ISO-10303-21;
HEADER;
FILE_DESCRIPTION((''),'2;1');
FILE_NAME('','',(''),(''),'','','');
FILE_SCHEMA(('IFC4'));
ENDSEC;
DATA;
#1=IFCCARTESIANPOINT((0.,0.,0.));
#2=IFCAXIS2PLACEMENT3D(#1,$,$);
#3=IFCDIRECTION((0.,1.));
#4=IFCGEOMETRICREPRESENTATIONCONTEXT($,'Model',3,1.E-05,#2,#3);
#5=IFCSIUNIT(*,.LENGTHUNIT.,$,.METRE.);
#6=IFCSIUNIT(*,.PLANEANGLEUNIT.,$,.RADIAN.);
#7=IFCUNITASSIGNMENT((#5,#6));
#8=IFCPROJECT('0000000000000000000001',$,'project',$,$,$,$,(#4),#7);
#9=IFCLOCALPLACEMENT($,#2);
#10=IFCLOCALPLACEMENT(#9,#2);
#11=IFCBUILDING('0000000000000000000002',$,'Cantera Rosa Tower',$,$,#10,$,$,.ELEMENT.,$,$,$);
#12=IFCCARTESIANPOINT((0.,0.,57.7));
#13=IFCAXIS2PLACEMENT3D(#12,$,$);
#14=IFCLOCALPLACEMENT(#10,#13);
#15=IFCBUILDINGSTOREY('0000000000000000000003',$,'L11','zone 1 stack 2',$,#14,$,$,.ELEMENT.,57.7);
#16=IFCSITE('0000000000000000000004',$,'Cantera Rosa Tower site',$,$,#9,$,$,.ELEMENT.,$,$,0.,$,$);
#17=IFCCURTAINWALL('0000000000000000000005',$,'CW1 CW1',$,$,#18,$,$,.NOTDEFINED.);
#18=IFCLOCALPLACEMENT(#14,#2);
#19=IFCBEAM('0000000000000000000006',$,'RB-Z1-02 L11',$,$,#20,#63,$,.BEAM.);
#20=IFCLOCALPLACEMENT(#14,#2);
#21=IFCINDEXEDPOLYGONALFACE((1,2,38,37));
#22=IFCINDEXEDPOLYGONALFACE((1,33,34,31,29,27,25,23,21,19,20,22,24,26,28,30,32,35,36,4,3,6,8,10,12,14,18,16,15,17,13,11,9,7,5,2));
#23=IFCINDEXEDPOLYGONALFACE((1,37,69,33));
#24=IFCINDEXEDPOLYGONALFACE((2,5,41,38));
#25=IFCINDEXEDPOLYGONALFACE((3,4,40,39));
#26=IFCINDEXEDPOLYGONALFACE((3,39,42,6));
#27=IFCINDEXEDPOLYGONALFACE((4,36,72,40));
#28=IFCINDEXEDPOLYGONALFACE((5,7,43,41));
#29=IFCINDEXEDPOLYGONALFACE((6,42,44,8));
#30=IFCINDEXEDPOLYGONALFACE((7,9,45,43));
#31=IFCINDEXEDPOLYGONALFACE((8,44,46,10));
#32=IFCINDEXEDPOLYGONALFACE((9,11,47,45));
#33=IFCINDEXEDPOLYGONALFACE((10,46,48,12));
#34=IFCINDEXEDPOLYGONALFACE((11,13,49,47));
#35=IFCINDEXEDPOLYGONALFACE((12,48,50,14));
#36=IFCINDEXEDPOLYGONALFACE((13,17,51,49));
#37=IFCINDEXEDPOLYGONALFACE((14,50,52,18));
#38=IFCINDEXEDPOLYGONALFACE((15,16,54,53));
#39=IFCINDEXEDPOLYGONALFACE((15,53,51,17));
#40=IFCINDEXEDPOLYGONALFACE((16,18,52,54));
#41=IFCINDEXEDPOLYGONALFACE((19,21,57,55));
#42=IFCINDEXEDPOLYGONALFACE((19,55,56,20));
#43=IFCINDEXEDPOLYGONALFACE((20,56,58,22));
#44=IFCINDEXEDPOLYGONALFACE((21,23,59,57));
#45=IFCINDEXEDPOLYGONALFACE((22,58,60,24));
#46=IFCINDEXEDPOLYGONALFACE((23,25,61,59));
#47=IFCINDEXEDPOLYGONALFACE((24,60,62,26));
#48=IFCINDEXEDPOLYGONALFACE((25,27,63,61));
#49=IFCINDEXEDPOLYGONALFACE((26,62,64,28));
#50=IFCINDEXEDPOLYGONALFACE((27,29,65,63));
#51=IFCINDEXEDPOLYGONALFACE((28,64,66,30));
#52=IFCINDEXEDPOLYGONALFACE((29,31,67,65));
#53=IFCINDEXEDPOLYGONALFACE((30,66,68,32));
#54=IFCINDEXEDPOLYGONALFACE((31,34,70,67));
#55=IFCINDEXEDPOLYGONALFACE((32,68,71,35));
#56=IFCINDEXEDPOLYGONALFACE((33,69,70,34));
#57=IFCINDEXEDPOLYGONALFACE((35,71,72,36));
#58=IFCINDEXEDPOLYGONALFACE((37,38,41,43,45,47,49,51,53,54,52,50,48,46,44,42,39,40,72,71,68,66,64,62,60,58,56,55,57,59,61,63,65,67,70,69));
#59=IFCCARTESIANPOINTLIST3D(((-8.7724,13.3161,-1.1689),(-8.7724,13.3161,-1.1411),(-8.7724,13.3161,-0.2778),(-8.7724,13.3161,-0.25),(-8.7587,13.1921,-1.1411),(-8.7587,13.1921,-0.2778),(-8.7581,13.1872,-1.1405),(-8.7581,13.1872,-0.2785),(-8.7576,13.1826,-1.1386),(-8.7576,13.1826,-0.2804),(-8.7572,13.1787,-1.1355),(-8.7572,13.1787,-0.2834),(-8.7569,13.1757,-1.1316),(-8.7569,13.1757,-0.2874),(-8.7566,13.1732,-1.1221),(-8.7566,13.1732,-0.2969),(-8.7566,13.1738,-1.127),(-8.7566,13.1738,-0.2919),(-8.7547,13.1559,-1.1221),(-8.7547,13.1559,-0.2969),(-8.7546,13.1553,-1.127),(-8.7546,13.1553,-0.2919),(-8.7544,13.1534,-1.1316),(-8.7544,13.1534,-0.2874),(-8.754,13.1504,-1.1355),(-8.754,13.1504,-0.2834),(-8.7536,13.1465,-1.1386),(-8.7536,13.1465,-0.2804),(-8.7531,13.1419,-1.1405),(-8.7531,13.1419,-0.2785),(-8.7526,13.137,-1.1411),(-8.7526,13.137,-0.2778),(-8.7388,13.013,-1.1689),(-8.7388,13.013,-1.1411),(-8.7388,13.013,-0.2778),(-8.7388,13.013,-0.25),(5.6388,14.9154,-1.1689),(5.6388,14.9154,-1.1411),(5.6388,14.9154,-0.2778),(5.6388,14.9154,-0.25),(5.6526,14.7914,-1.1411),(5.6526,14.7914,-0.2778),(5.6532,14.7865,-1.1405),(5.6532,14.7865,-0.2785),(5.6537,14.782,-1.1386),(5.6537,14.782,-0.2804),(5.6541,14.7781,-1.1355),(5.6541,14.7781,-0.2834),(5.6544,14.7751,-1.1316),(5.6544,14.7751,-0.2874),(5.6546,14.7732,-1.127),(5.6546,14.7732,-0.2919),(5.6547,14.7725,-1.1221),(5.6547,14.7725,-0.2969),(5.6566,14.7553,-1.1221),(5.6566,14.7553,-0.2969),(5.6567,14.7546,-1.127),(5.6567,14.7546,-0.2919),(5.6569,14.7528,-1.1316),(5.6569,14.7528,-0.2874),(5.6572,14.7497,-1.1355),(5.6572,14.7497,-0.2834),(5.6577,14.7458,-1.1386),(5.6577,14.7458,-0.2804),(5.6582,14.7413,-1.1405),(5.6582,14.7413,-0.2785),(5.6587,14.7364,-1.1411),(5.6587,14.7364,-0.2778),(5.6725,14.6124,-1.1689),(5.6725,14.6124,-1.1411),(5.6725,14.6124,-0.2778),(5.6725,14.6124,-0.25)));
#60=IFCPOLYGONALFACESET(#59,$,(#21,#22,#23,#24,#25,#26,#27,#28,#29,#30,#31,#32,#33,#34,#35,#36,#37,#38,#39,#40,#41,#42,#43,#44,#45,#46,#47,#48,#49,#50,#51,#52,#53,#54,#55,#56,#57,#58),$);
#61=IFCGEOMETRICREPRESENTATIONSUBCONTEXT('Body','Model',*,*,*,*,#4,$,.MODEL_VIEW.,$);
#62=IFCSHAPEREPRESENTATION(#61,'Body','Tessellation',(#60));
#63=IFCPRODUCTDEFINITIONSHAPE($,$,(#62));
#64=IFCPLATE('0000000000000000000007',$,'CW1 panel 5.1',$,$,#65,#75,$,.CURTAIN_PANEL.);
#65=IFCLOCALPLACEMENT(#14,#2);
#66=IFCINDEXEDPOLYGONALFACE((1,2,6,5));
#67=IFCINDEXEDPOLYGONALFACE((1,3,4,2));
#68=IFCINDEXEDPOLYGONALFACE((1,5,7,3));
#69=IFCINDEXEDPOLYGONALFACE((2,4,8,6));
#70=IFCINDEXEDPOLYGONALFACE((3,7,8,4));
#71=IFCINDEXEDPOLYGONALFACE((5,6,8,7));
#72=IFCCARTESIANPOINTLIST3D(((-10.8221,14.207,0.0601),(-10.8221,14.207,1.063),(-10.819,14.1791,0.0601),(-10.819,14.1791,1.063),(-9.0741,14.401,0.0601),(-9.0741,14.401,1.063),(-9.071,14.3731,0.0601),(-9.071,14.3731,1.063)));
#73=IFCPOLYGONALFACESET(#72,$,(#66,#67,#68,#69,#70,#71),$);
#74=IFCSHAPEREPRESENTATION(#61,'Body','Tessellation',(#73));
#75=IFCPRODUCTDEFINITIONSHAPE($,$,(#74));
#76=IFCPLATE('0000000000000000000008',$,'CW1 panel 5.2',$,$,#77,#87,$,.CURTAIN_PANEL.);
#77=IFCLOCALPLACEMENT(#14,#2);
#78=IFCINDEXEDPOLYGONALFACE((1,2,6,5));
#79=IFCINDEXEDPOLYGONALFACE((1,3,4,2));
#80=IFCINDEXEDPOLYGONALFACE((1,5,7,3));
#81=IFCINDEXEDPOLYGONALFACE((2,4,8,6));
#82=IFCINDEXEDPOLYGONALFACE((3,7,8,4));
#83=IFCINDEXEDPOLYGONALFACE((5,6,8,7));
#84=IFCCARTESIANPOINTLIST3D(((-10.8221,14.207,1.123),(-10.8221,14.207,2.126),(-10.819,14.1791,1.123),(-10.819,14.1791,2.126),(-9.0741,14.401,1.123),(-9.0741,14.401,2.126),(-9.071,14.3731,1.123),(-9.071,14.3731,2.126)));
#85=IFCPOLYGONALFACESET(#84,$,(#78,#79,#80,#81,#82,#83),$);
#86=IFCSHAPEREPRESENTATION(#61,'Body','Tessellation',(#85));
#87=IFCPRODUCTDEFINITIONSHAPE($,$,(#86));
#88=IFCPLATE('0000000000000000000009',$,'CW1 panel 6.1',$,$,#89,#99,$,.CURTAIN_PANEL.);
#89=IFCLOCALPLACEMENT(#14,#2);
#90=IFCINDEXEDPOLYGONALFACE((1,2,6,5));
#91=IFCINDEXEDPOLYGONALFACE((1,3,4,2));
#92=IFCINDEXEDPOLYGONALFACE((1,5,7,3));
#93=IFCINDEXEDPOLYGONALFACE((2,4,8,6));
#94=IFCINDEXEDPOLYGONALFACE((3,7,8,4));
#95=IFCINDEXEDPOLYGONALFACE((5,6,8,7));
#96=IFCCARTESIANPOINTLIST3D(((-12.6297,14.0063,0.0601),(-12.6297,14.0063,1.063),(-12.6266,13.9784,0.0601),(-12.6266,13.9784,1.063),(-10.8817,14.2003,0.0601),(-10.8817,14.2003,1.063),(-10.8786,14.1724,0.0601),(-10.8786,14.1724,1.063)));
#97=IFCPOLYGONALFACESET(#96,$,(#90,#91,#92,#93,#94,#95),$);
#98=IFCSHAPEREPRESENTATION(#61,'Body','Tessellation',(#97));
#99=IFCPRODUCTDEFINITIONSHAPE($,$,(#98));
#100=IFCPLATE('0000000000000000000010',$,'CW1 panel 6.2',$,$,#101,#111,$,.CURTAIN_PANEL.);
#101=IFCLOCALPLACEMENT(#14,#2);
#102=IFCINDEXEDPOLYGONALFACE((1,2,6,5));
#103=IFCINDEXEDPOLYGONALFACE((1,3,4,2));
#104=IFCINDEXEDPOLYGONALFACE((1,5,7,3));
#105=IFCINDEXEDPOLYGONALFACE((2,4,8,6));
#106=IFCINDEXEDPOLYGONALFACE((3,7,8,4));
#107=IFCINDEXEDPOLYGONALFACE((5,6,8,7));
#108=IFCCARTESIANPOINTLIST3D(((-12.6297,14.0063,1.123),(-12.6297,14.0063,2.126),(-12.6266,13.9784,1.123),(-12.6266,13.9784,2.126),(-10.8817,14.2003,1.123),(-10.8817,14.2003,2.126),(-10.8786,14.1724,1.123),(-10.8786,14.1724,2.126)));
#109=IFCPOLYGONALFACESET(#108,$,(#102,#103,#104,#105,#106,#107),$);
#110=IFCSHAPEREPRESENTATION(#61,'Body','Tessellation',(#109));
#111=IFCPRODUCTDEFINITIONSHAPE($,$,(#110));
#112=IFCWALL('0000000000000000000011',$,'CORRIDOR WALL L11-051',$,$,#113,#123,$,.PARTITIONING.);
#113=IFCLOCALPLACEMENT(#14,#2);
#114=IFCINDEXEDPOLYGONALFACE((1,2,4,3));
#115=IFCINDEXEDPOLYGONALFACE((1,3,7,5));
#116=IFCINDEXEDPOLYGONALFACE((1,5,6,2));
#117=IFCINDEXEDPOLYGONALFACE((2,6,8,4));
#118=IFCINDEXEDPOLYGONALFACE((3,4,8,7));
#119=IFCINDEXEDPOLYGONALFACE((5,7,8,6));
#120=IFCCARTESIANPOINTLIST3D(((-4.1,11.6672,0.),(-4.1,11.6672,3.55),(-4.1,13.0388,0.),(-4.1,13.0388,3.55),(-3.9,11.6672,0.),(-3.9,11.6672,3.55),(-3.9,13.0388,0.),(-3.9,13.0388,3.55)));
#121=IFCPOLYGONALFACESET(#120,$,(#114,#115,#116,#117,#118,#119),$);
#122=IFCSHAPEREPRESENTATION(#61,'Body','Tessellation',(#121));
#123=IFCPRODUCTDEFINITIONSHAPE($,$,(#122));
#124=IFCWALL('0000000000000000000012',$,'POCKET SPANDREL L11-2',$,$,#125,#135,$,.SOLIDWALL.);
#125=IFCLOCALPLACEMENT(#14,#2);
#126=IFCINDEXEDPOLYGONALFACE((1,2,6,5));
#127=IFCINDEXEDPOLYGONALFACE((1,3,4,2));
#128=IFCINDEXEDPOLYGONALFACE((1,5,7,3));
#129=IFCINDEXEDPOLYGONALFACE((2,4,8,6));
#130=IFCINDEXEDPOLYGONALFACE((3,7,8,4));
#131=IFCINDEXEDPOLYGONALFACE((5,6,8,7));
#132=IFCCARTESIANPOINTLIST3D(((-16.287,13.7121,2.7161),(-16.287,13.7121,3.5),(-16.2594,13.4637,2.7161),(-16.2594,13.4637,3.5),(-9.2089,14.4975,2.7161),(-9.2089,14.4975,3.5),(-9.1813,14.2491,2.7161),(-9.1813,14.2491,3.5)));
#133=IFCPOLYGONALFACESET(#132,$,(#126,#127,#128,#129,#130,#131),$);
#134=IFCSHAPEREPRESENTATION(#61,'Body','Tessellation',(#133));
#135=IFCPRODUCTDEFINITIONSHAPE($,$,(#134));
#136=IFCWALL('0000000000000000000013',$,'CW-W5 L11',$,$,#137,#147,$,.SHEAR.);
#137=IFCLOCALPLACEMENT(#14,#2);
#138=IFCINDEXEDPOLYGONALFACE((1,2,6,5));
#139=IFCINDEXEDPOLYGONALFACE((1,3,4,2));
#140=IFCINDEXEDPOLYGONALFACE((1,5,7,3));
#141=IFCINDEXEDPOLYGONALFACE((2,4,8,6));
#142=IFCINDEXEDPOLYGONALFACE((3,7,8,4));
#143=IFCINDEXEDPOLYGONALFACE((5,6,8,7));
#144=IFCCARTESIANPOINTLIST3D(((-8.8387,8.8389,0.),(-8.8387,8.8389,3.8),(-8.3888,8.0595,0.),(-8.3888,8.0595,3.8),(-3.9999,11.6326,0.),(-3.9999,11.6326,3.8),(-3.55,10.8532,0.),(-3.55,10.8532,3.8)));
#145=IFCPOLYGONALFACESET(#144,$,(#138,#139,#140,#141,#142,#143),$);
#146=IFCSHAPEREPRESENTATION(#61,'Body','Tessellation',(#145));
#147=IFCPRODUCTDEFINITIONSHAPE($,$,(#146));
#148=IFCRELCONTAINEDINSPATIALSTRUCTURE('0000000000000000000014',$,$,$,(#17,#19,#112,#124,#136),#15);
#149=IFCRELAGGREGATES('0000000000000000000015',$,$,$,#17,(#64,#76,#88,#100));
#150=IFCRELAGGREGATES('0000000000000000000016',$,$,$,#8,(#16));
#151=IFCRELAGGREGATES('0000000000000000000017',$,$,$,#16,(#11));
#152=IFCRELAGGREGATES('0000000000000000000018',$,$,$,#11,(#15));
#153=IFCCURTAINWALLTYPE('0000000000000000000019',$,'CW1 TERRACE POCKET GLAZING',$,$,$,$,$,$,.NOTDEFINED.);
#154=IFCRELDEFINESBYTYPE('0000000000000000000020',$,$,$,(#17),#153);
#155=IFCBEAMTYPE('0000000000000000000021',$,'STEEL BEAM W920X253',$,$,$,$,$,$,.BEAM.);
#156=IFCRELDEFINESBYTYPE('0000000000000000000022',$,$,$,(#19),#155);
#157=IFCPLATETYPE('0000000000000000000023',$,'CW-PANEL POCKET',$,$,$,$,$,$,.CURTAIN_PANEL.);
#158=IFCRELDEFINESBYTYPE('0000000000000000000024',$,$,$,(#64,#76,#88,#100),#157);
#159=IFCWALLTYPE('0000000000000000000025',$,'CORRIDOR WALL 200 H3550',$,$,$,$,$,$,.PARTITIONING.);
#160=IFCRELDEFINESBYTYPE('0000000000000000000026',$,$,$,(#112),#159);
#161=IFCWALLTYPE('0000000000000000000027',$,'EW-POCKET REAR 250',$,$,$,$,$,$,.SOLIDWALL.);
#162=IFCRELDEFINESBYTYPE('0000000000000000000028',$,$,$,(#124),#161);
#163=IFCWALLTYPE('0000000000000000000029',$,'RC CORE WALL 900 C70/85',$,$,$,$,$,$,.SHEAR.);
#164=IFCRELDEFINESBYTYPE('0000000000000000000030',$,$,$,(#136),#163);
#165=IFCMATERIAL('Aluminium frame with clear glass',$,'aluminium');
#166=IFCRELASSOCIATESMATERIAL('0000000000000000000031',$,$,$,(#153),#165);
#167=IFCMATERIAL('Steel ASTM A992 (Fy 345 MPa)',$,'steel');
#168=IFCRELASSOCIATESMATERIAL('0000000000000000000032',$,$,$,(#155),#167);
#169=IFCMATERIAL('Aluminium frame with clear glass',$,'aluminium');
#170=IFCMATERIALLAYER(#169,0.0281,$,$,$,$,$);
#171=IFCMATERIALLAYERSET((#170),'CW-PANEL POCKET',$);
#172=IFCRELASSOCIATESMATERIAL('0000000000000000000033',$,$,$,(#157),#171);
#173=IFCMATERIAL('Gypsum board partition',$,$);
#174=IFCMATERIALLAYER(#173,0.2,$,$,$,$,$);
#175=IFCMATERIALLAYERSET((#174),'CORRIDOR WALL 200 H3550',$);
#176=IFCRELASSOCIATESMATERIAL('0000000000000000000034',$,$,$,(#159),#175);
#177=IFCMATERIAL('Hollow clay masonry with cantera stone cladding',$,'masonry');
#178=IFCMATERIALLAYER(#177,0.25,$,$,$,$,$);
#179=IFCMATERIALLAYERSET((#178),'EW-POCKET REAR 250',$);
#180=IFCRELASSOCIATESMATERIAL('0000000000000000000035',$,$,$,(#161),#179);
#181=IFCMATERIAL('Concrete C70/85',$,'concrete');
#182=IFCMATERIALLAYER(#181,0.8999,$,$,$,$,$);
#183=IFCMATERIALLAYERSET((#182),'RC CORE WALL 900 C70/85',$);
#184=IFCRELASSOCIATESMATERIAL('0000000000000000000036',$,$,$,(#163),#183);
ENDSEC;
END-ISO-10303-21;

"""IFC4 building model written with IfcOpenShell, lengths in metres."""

from ifc_helpers import new_model, si_unit, direction, frame, frame_2d, origin, origin_2d, place, context, subcontext, project, spatial, rectangle, i_section, extrude, material, layer, layer_set, material_profile, profile_set, type_object, element, aggregate, save


model = new_model("IFC4")

# Units and contexts
model_context = context("Model", 3, precision=1e-05, world=origin(), true_north=direction((0.0, 1.0)))
body_context = subcontext(model_context, "Body", "Model", "MODEL_VIEW")
ifc_project = project(units=[si_unit("LENGTHUNIT", "METRE"), si_unit("PLANEANGLEUNIT", "RADIAN")], contexts=[model_context])

# Site, building, storey
site_placement = place(None, origin())
site = spatial("IfcSite", under=ifc_project, at=site_placement, Name="Cantera Rosa Tower site", CompositionType="ELEMENT", RefElevation=0.0)
building_placement = place(site_placement, origin())
building = spatial("IfcBuilding", under=site, at=building_placement, Name="Cantera Rosa Tower", CompositionType="ELEMENT")
storey_placement = place(building_placement, frame((0.0, 0.0, 57.7)))
storey = spatial("IfcBuildingStorey", under=building, at=storey_placement, Name="L11", Description="zone 1 stack 2", CompositionType="ELEMENT", Elevation=57.7)

# Curtain wall
ifc_material_1 = material(Name="Aluminium frame with clear glass", Category="aluminium")
curtain_wall_type = type_object("IfcCurtainWallType", Name="CW1 TERRACE POCKET GLAZING", PredefinedType="NOTDEFINED", material=ifc_material_1)
curtain_wall_placement = place(storey_placement, origin())
curtain_wall = element("IfcCurtainWall", 1, at=curtain_wall_placement, inside=storey, type_object=curtain_wall_type, Name="CW1 CW1", PredefinedType="NOTDEFINED")

# Beam
ifc_material_2 = material(Name="Steel ASTM A992 (Fy 345 MPa)", Category="steel")
ifc_material_profile_1 = material_profile(ifc_material_2, i_section(OverallWidth=0.3049, OverallDepth=0.9189, WebThickness=0.0173, FlangeThickness=0.0278, FilletRadius=0.019, at=origin_2d()), Name="W920X253")
ifc_profile_set_1 = profile_set([ifc_material_profile_1], Name="Steel ASTM A992 (Fy 345 MPa)")
beam_type = type_object("IfcBeamType", Name="STEEL BEAM W920X253", PredefinedType="BEAM", material=ifc_profile_set_1)
beam_placement = place(storey_placement, frame((-8.7556, 13.1646, -0.7095), z_axis=(0.993898, 0.110302, 0.0), x_axis=(-0.110302, 0.993898, 0.0)))
element("IfcBeam", 2, at=beam_placement, inside=storey, type_object=beam_type, Name="RB-Z1-02 L11", PredefinedType="BEAM", context=body_context, shape_type="SweptSolid", body=[
    extrude(i_section(OverallWidth=0.3049, OverallDepth=0.9189, WebThickness=0.0173, FlangeThickness=0.0278, FilletRadius=0.019, at=origin_2d()), origin(), (0.0, 0.0, 1.0), 14.4998),
])

# Plates
ifc_material_3 = material(Name="Aluminium frame with clear glass", Category="aluminium")
ifc_layer_1 = layer(ifc_material_3, 0.0281)
ifc_layer_set_1 = layer_set([ifc_layer_1], Name="CW-PANEL POCKET")
plate_type = type_object("IfcPlateType", Name="CW-PANEL POCKET", PredefinedType="CURTAIN_PANEL", material=ifc_layer_set_1)
plate_1_placement = place(storey_placement, frame((-9.9465, 14.29, 0.0601), z_axis=(0.0, 0.0, 1.0), x_axis=(-0.993897, -0.110313, 0.0)))
plate_1 = element("IfcPlate", 3, at=plate_1_placement, type_object=plate_type, Name="CW1 panel 5.1", PredefinedType="CURTAIN_PANEL", context=body_context, shape_type="SweptSolid", body=[
    extrude(rectangle(XDim=1.7588, YDim=0.0281, at=origin_2d()), origin(), (0.0, 0.0, 1.0), 1.0029),
])
plate_2_placement = place(storey_placement, frame((-9.9465, 14.29, 1.123), z_axis=(0.0, 0.0, 1.0), x_axis=(-0.993897, -0.110313, 0.0)))
plate_2 = element("IfcPlate", 4, at=plate_2_placement, type_object=plate_type, Name="CW1 panel 5.2", PredefinedType="CURTAIN_PANEL", context=body_context, shape_type="SweptSolid", body=[
    extrude(rectangle(XDim=1.7588, YDim=0.0281, at=origin_2d()), origin(), (0.0, 0.0, 1.0), 1.0029),
])
plate_3_placement = place(storey_placement, frame((-11.7542, 14.0894, 0.0601), z_axis=(0.0, 0.0, 1.0), x_axis=(-0.993897, -0.110313, 0.0)))
plate_3 = element("IfcPlate", 5, at=plate_3_placement, type_object=plate_type, Name="CW1 panel 6.1", PredefinedType="CURTAIN_PANEL", context=body_context, shape_type="SweptSolid", body=[
    extrude(rectangle(XDim=1.7588, YDim=0.0281, at=origin_2d()), origin(), (0.0, 0.0, 1.0), 1.0029),
])
plate_4_placement = place(storey_placement, frame((-11.7542, 14.0894, 1.123), z_axis=(0.0, 0.0, 1.0), x_axis=(-0.993897, -0.110313, 0.0)))
plate_4 = element("IfcPlate", 6, at=plate_4_placement, type_object=plate_type, Name="CW1 panel 6.2", PredefinedType="CURTAIN_PANEL", context=body_context, shape_type="SweptSolid", body=[
    extrude(rectangle(XDim=1.7588, YDim=0.0281, at=origin_2d()), origin(), (0.0, 0.0, 1.0), 1.0029),
])
aggregate(curtain_wall, [plate_1, plate_2, plate_3, plate_4])

# Walls
ifc_material_4 = material(Name="Gypsum board partition")
ifc_layer_2 = layer(ifc_material_4, 0.2)
ifc_layer_set_2 = layer_set([ifc_layer_2], Name="CORRIDOR WALL 200 H3550")
wall_type_1 = type_object("IfcWallType", Name="CORRIDOR WALL 200 H3550", PredefinedType="PARTITIONING", material=ifc_layer_set_2)
wall_1_placement = place(storey_placement, frame((-4.0, 13.0388, 0.0), z_axis=(0.0, 0.0, 1.0), x_axis=(0.0, -1.0, 0.0)))
element("IfcWall", 7, at=wall_1_placement, inside=storey, type_object=wall_type_1, Name="CORRIDOR WALL L11-051", PredefinedType="PARTITIONING", context=body_context, shape_type="SweptSolid", body=[
    extrude(rectangle(XDim=1.3716, YDim=0.2, at=frame_2d((0.6858, 0.0))), origin(), (0.0, 0.0, 1.0), 3.55),
])
ifc_material_5 = material(Name="Hollow clay masonry with cantera stone cladding", Category="masonry")
ifc_layer_3 = layer(ifc_material_5, 0.25)
ifc_layer_set_3 = layer_set([ifc_layer_3], Name="EW-POCKET REAR 250")
wall_type_2 = type_object("IfcWallType", Name="EW-POCKET REAR 250", PredefinedType="SOLIDWALL", material=ifc_layer_set_3)
wall_2_placement = place(storey_placement, frame((-9.1951, 14.3733, 2.7161), z_axis=(0.0, 0.0, 1.0), x_axis=(-0.9939, -0.110285, 0.0)))
element("IfcWall", 8, at=wall_2_placement, inside=storey, type_object=wall_type_2, Name="POCKET SPANDREL L11-2", PredefinedType="SOLIDWALL", context=body_context, shape_type="SweptSolid", body=[
    extrude(rectangle(XDim=7.1216, YDim=0.25, at=frame_2d((3.5608, 0.0))), origin(), (0.0, 0.0, 1.0), 0.7839),
])
ifc_material_6 = material(Name="Concrete C70/85", Category="concrete")
ifc_layer_4 = layer(ifc_material_6, 0.8999)
ifc_layer_set_4 = layer_set([ifc_layer_4], Name="RC CORE WALL 900 C70/85")
wall_type_3 = type_object("IfcWallType", Name="RC CORE WALL 900 C70/85", PredefinedType="SHEAR", material=ifc_layer_set_4)
wall_3_placement = place(storey_placement, frame((-8.6138, 8.4492, 0.0), z_axis=(0.0, 0.0, 1.0), x_axis=(0.866027, 0.499997, 0.0)))
element("IfcWall", 9, at=wall_3_placement, inside=storey, type_object=wall_type_3, Name="CW-W5 L11", PredefinedType="SHEAR", context=body_context, shape_type="SweptSolid", body=[
    extrude(rectangle(XDim=5.5874, YDim=0.8999, at=frame_2d((2.7937, 0.0))), origin(), (0.0, 0.0, 1.0), 3.8),
])

save(model, "model.ifc")
